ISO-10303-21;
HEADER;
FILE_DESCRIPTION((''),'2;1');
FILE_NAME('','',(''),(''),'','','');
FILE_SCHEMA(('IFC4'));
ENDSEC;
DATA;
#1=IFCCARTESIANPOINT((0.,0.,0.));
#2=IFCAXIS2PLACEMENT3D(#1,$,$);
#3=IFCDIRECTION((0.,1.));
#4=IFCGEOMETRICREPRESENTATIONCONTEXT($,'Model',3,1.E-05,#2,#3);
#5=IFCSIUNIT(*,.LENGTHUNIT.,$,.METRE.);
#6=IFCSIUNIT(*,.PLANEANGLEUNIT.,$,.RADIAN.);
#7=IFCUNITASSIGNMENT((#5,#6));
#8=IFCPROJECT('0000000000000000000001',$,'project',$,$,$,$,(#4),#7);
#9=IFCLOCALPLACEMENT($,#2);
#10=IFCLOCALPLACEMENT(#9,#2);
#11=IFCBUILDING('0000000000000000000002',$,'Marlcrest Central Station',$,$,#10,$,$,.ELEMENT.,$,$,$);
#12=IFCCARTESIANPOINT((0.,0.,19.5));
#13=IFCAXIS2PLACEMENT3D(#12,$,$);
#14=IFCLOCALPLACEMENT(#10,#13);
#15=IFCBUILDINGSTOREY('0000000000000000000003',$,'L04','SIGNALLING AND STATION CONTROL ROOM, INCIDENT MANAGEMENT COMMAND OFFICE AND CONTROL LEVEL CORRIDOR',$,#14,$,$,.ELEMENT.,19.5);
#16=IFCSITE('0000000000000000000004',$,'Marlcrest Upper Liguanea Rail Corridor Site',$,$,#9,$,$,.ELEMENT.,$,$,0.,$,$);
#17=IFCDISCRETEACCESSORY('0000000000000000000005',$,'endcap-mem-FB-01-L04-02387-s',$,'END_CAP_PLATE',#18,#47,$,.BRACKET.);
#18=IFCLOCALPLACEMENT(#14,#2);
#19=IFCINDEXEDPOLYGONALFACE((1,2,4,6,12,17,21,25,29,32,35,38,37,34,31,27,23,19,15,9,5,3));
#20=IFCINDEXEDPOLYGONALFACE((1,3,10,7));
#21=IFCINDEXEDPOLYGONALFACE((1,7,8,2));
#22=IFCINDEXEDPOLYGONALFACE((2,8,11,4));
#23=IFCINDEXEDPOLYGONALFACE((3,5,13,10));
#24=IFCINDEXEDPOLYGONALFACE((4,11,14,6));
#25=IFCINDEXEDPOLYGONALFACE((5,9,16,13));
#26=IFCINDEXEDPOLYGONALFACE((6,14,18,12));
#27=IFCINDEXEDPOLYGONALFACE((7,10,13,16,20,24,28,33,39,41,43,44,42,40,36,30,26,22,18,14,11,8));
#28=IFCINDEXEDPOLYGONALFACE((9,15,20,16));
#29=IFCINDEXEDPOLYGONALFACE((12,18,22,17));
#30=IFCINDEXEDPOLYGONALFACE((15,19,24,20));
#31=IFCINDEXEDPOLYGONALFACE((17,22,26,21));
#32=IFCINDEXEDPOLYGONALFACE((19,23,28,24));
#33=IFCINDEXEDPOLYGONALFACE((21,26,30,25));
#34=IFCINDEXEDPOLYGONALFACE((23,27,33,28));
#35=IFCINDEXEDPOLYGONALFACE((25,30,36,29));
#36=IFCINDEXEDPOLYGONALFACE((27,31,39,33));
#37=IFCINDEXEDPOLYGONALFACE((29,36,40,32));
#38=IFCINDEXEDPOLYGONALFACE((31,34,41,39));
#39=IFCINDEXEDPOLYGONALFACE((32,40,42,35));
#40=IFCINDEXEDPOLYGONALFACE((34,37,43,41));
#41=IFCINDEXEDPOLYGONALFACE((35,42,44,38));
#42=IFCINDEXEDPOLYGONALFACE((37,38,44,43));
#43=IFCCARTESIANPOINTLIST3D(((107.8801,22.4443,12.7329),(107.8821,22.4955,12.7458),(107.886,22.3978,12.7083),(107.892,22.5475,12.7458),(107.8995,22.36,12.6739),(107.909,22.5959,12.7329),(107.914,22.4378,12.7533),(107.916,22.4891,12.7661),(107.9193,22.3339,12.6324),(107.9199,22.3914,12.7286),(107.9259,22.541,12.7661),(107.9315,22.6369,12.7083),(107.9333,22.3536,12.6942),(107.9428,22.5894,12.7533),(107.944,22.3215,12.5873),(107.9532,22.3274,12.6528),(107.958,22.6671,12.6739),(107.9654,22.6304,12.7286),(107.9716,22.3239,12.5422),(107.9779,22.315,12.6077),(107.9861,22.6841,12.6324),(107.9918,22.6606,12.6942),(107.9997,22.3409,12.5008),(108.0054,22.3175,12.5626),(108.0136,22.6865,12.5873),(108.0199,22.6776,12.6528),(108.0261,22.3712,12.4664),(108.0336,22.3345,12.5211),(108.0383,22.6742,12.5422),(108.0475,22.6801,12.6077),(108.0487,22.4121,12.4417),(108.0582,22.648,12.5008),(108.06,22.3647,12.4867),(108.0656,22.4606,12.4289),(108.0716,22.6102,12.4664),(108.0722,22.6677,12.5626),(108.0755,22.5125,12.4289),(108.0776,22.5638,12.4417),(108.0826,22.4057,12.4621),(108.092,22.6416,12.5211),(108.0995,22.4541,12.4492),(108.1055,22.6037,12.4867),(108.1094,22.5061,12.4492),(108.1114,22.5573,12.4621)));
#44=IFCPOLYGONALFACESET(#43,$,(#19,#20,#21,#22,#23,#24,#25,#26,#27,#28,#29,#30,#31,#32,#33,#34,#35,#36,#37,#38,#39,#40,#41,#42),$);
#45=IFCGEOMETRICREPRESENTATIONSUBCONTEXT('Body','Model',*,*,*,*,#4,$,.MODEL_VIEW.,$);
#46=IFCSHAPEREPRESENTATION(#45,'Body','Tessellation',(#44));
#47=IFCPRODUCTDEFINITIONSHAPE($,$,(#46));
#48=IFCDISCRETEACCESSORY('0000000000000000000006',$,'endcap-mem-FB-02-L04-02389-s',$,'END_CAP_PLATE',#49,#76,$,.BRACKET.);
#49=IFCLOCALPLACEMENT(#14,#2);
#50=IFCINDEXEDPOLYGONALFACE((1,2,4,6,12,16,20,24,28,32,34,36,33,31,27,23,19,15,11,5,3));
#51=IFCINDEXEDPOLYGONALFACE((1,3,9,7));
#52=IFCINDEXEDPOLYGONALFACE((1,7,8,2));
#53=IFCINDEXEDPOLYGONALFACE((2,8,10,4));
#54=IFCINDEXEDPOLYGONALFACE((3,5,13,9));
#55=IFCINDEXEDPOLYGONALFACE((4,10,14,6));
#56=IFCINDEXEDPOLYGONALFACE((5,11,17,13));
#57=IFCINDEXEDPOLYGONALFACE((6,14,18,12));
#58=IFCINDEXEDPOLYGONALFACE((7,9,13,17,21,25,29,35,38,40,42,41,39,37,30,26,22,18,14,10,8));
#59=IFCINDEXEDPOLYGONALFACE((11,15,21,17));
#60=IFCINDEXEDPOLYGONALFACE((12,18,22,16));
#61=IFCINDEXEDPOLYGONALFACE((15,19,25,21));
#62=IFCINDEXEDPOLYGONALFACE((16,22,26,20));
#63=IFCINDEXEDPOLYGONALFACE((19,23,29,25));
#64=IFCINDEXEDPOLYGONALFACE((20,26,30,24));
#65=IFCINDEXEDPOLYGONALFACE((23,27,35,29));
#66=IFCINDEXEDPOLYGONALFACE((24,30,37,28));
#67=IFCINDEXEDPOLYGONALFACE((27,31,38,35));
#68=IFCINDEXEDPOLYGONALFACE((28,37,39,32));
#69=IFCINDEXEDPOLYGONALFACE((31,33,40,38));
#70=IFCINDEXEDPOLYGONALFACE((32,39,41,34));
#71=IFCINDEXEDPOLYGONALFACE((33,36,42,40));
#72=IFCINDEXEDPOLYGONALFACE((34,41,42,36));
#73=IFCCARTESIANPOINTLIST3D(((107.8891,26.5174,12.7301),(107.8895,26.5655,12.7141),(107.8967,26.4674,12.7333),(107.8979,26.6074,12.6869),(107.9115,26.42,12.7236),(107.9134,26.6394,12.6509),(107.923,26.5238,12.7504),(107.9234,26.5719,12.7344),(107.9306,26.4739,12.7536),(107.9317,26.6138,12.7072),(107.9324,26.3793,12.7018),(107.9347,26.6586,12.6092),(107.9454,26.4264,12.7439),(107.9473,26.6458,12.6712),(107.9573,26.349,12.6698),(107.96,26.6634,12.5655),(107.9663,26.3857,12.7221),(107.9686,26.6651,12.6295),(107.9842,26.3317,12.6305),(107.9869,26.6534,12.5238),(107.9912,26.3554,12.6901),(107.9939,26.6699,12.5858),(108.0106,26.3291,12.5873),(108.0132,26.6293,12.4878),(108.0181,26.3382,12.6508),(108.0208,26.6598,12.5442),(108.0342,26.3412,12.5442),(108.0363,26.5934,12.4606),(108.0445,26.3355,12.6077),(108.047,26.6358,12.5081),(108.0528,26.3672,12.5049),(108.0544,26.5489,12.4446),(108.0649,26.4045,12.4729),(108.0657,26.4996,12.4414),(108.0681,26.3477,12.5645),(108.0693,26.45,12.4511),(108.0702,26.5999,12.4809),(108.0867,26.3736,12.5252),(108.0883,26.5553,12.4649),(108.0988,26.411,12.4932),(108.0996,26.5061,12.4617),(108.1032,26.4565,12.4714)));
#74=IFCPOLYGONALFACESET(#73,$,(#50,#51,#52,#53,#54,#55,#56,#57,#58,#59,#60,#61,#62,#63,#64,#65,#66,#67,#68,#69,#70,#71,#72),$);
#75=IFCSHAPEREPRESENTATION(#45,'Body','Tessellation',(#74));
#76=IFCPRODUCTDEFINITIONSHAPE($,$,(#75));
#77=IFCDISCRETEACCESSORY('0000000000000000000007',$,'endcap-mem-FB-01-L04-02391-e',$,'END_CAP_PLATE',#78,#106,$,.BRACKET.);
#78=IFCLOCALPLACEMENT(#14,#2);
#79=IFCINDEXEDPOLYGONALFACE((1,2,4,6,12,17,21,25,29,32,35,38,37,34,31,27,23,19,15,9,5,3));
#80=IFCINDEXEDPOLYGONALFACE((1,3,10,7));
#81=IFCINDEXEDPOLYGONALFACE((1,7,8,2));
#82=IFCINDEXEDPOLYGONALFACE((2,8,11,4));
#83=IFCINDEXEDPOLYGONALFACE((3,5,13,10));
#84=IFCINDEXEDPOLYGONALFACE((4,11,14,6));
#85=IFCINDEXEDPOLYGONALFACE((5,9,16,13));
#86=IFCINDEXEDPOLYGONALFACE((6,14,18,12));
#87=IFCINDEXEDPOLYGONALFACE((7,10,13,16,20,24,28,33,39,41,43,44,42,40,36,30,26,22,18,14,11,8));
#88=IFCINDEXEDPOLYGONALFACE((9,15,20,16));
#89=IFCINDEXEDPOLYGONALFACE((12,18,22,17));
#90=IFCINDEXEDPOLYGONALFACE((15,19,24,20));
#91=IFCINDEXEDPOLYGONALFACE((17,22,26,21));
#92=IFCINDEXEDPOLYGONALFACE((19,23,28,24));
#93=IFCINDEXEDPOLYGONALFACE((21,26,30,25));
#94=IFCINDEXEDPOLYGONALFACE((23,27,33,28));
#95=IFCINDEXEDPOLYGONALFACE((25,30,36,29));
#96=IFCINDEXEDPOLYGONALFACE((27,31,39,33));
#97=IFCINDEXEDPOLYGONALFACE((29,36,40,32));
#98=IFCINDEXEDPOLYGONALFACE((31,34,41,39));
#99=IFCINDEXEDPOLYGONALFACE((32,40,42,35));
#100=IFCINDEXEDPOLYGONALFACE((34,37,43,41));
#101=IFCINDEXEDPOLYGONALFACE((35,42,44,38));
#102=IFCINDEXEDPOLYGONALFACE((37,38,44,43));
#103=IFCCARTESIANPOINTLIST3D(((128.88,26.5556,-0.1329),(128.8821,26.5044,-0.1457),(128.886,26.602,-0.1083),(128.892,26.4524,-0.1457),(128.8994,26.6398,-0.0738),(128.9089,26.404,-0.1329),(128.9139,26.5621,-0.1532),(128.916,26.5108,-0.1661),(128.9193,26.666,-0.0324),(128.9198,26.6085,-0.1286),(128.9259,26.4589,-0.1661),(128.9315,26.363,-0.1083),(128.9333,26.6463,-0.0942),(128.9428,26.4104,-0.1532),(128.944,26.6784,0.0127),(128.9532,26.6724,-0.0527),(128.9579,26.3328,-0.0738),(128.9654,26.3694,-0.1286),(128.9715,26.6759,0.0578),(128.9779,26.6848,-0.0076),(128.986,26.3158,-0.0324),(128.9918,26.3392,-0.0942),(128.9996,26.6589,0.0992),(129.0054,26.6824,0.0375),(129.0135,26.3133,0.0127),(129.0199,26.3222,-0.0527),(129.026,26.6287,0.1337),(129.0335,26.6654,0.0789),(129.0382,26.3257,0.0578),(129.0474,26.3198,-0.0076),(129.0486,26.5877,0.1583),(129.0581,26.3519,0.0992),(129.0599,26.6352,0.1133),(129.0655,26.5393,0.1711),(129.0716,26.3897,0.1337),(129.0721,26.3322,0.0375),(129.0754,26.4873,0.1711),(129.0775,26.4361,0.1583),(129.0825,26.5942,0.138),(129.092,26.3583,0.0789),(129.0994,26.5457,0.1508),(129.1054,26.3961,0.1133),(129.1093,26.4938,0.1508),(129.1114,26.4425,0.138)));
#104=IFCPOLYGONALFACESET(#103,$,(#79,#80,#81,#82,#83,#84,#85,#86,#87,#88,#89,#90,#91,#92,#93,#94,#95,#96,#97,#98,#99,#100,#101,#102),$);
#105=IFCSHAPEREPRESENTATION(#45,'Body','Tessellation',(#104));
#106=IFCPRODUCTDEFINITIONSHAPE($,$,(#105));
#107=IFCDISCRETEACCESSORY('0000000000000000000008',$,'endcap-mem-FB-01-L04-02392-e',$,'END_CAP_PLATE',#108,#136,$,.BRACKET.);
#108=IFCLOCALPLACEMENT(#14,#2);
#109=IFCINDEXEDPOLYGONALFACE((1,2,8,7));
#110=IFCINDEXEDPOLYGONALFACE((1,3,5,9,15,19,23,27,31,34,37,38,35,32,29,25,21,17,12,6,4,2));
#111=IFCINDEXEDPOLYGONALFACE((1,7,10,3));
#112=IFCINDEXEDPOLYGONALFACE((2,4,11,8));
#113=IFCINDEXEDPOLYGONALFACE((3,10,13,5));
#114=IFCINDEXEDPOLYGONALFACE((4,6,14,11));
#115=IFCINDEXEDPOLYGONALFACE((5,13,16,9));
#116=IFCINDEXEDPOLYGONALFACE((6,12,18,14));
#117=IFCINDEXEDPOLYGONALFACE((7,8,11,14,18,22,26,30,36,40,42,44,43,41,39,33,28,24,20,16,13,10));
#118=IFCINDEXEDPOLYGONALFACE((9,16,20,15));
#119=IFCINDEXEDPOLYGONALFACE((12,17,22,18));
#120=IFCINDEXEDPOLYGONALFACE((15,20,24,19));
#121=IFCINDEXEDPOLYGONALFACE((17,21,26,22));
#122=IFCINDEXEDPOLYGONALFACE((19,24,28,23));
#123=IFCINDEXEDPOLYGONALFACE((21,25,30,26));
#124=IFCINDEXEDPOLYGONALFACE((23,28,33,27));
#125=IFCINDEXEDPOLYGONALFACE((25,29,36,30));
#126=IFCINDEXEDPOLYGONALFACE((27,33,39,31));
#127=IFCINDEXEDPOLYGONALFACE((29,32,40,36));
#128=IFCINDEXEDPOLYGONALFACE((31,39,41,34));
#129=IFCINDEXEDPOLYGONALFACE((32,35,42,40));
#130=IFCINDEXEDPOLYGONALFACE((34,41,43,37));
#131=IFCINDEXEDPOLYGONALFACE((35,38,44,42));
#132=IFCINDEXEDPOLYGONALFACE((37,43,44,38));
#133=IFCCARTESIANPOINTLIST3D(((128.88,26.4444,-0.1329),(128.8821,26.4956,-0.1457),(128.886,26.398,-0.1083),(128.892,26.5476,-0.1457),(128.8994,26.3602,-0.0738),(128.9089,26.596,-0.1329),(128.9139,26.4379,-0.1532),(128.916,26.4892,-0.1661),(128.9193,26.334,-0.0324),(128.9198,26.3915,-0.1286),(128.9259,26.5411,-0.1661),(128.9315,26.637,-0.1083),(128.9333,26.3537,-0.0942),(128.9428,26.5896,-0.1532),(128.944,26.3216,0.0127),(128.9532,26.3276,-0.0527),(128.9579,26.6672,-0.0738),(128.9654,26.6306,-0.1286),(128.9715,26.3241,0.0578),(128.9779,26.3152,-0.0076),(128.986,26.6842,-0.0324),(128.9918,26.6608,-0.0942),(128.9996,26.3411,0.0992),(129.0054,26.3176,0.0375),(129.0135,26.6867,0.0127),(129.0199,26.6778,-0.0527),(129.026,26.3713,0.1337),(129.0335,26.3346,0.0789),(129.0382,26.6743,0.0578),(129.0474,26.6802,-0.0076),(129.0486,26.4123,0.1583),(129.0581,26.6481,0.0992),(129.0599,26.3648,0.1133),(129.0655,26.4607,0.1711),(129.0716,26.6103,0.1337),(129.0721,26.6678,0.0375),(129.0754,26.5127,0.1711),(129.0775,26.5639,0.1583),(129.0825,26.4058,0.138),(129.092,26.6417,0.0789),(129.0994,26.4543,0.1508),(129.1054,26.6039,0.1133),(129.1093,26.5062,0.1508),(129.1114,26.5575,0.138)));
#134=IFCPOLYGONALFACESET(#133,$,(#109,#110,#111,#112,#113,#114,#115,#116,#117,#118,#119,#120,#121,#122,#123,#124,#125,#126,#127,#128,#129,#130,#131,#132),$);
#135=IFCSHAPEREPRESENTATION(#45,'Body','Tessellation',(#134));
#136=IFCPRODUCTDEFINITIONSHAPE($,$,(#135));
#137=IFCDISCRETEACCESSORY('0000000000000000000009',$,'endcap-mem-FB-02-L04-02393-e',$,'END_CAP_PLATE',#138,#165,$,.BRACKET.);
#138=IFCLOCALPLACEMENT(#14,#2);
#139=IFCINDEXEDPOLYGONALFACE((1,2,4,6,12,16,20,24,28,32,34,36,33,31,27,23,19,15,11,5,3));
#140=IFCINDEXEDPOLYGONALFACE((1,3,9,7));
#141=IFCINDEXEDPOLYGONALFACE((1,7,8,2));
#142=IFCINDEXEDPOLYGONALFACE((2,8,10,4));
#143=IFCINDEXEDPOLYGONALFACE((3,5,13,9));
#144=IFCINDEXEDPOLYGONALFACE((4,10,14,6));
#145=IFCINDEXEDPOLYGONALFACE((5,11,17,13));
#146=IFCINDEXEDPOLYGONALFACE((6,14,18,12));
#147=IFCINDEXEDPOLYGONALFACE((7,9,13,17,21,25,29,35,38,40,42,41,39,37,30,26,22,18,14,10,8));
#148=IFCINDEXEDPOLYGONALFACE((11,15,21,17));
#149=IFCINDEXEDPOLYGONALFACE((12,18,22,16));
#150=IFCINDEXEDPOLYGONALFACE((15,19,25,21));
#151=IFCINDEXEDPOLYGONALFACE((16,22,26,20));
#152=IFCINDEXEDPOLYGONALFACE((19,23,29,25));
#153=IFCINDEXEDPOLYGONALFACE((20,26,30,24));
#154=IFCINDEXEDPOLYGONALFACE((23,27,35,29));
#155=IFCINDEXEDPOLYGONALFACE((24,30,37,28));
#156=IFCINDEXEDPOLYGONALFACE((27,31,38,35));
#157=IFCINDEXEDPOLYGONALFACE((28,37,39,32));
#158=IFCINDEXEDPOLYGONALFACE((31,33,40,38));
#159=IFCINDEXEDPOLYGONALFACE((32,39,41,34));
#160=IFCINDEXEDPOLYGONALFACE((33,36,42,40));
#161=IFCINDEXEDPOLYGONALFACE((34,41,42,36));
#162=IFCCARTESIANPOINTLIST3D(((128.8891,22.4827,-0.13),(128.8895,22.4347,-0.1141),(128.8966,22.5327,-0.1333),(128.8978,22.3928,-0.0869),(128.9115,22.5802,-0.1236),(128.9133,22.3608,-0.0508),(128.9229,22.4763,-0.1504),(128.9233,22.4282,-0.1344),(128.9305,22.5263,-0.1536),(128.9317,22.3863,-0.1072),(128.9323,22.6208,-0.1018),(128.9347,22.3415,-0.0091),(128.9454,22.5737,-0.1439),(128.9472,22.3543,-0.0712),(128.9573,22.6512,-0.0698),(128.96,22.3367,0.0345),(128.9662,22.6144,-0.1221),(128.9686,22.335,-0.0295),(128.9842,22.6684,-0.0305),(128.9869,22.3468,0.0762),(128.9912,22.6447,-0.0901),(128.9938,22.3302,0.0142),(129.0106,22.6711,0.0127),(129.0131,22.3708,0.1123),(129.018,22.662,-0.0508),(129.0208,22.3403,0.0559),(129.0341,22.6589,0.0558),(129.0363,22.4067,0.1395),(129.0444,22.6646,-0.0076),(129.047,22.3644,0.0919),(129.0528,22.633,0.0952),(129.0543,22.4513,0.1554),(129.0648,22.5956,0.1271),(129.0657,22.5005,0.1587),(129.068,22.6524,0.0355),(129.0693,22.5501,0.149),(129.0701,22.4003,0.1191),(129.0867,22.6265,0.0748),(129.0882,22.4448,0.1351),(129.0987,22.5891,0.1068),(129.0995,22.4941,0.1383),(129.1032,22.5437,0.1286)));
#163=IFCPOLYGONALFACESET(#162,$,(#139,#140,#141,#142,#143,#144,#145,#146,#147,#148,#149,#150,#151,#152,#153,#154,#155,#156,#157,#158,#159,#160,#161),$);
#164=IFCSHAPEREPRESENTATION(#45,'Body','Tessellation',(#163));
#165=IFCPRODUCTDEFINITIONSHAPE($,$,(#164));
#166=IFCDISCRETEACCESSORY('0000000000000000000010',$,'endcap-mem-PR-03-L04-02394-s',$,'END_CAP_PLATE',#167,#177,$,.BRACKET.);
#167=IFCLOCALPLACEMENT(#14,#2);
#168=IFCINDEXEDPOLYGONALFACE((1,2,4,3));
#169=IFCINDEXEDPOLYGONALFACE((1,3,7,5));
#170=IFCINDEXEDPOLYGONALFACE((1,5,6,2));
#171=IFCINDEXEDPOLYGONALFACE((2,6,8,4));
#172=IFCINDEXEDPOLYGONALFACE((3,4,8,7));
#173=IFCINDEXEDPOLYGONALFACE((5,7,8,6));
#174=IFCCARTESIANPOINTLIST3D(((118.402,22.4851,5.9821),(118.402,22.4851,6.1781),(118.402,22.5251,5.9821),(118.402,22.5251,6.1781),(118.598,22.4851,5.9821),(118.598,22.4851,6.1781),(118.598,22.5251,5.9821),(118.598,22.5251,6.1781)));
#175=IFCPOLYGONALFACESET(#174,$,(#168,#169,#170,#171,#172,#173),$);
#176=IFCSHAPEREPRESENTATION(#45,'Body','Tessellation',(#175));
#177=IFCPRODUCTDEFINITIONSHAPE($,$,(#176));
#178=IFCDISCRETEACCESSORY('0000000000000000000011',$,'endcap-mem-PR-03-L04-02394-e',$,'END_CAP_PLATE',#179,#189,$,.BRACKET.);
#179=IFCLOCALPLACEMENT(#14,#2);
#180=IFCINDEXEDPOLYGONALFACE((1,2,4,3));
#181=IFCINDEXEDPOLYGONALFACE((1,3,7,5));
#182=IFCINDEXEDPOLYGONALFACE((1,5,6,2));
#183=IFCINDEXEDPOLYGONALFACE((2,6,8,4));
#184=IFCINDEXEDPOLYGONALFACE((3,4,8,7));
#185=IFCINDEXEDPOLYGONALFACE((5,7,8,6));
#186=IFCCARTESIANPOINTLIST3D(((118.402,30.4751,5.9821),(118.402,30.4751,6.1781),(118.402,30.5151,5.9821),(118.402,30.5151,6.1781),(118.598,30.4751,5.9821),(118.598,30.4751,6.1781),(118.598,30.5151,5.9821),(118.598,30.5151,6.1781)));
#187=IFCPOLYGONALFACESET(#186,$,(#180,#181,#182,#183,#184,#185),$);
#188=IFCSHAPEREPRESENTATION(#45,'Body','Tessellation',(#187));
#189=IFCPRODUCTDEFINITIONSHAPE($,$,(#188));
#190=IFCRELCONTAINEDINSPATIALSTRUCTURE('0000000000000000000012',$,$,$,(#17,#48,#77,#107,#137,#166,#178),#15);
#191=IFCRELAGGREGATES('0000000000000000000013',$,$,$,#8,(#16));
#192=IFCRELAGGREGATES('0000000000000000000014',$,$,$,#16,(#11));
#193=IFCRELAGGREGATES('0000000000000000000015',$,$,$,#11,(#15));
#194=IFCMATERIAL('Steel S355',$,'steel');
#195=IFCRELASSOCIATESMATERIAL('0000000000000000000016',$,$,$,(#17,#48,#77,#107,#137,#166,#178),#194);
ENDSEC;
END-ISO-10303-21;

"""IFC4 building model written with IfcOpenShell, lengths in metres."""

from ifc_helpers import new_model, si_unit, direction, frame, origin, origin_2d, place, context, subcontext, project, spatial, rectangle, circle, extrude, material, element, save


model = new_model("IFC4")

# Units and contexts
model_context = context("Model", 3, precision=1e-05, world=origin(), true_north=direction((0.0, 1.0)))
body_context = subcontext(model_context, "Body", "Model", "MODEL_VIEW")
ifc_project = project(units=[si_unit("LENGTHUNIT", "METRE"), si_unit("PLANEANGLEUNIT", "RADIAN")], contexts=[model_context])

# Site, building, storey
site_placement = place(None, origin())
site = spatial("IfcSite", under=ifc_project, at=site_placement, Name="Marlcrest Upper Liguanea Rail Corridor Site", CompositionType="ELEMENT", RefElevation=0.0)
building_placement = place(site_placement, origin())
building = spatial("IfcBuilding", under=site, at=building_placement, Name="Marlcrest Central Station", CompositionType="ELEMENT")
storey_placement = place(building_placement, frame((0.0, 0.0, 19.5)))
storey = spatial("IfcBuildingStorey", under=building, at=storey_placement, Name="L04", Description="SIGNALLING AND STATION CONTROL ROOM, INCIDENT MANAGEMENT COMMAND OFFICE AND CONTROL LEVEL CORRIDOR", CompositionType="ELEMENT", Elevation=19.5)

# Shared definitions
ifc_material_1 = material(Name="Steel S355", Category="steel")

# Discrete accessories
discrete_accessory_1_placement = place(storey_placement, frame((108.0127, 22.4976, 12.6077), z_axis=(-0.846277, 0.161196, -0.50777), x_axis=(-0.187112, -0.982339, 0.0)))
element("IfcDiscreteAccessory", 1, at=discrete_accessory_1_placement, inside=storey, material=ifc_material_1, Name="endcap-mem-FB-01-L04-02387-s", ObjectType="END_CAP_PLATE", PredefinedType="BRACKET", context=body_context, shape_type="SweptSolid", body=[
    extrude(circle(Radius=0.1858, at=origin_2d()), origin(), (0.0, 0.0, 1.0), 0.04),
])
discrete_accessory_2_placement = place(storey_placement, frame((108.0127, 26.5024, 12.6077), z_axis=(-0.846277, -0.161196, -0.50777), x_axis=(0.187112, -0.982339, 0.0)))
element("IfcDiscreteAccessory", 2, at=discrete_accessory_2_placement, inside=storey, material=ifc_material_1, Name="endcap-mem-FB-02-L04-02389-s", ObjectType="END_CAP_PLATE", PredefinedType="BRACKET", context=body_context, shape_type="SweptSolid", body=[
    extrude(circle(Radius=0.1699, at=origin_2d()), origin(), (0.0, 0.0, 1.0), 0.04),
])
for number, where, z_axis, x_axis, name in (
    (3, (128.9788, 26.4958, 0.0127), (0.846277, 0.161196, -0.50777), (-0.187112, 0.982339, 0.0), "endcap-mem-FB-01-L04-02391-e"),
    (4, (128.9788, 26.5042, 0.0127), (0.846277, -0.161196, -0.50777), (0.187112, 0.982339, 0.0), "endcap-mem-FB-01-L04-02392-e"),
):
    element("IfcDiscreteAccessory", number, at=place(storey_placement, frame(where, z_axis=z_axis, x_axis=x_axis)), inside=storey, material=ifc_material_1, Name=name, ObjectType="END_CAP_PLATE", PredefinedType="BRACKET", context=body_context, shape_type="SweptSolid", body=[
        extrude(circle(Radius=0.1858, at=origin_2d()), origin(), (0.0, 0.0, 1.0), 0.04),
    ])
discrete_accessory_3_placement = place(storey_placement, frame((128.9788, 22.5042, 0.0127), z_axis=(0.846277, -0.161196, -0.50777), x_axis=(0.187112, 0.982339, 0.0)))
element("IfcDiscreteAccessory", 5, at=discrete_accessory_3_placement, inside=storey, material=ifc_material_1, Name="endcap-mem-FB-02-L04-02393-e", ObjectType="END_CAP_PLATE", PredefinedType="BRACKET", context=body_context, shape_type="SweptSolid", body=[
    extrude(circle(Radius=0.1699, at=origin_2d()), origin(), (0.0, 0.0, 1.0), 0.04),
])
for number, where, z_axis, x_axis, name in (
    (6, (118.5, 22.4851, 6.0801), (0.0, 1.0, 0.0), (-1.0, 0.0, 0.0), "endcap-mem-PR-03-L04-02394-s"),
    (7, (118.5, 30.4751, 6.0801), (0.0, 1.0, 0.0), (-1.0, 0.0, 0.0), "endcap-mem-PR-03-L04-02394-e"),
):
    element("IfcDiscreteAccessory", number, at=place(storey_placement, frame(where, z_axis=z_axis, x_axis=x_axis)), inside=storey, material=ifc_material_1, Name=name, ObjectType="END_CAP_PLATE", PredefinedType="BRACKET", context=body_context, shape_type="SweptSolid", body=[
        extrude(rectangle(XDim=0.196, YDim=0.196, at=origin_2d()), origin(), (0.0, 0.0, 1.0), 0.04),
    ])

save(model, "model.ifc")
